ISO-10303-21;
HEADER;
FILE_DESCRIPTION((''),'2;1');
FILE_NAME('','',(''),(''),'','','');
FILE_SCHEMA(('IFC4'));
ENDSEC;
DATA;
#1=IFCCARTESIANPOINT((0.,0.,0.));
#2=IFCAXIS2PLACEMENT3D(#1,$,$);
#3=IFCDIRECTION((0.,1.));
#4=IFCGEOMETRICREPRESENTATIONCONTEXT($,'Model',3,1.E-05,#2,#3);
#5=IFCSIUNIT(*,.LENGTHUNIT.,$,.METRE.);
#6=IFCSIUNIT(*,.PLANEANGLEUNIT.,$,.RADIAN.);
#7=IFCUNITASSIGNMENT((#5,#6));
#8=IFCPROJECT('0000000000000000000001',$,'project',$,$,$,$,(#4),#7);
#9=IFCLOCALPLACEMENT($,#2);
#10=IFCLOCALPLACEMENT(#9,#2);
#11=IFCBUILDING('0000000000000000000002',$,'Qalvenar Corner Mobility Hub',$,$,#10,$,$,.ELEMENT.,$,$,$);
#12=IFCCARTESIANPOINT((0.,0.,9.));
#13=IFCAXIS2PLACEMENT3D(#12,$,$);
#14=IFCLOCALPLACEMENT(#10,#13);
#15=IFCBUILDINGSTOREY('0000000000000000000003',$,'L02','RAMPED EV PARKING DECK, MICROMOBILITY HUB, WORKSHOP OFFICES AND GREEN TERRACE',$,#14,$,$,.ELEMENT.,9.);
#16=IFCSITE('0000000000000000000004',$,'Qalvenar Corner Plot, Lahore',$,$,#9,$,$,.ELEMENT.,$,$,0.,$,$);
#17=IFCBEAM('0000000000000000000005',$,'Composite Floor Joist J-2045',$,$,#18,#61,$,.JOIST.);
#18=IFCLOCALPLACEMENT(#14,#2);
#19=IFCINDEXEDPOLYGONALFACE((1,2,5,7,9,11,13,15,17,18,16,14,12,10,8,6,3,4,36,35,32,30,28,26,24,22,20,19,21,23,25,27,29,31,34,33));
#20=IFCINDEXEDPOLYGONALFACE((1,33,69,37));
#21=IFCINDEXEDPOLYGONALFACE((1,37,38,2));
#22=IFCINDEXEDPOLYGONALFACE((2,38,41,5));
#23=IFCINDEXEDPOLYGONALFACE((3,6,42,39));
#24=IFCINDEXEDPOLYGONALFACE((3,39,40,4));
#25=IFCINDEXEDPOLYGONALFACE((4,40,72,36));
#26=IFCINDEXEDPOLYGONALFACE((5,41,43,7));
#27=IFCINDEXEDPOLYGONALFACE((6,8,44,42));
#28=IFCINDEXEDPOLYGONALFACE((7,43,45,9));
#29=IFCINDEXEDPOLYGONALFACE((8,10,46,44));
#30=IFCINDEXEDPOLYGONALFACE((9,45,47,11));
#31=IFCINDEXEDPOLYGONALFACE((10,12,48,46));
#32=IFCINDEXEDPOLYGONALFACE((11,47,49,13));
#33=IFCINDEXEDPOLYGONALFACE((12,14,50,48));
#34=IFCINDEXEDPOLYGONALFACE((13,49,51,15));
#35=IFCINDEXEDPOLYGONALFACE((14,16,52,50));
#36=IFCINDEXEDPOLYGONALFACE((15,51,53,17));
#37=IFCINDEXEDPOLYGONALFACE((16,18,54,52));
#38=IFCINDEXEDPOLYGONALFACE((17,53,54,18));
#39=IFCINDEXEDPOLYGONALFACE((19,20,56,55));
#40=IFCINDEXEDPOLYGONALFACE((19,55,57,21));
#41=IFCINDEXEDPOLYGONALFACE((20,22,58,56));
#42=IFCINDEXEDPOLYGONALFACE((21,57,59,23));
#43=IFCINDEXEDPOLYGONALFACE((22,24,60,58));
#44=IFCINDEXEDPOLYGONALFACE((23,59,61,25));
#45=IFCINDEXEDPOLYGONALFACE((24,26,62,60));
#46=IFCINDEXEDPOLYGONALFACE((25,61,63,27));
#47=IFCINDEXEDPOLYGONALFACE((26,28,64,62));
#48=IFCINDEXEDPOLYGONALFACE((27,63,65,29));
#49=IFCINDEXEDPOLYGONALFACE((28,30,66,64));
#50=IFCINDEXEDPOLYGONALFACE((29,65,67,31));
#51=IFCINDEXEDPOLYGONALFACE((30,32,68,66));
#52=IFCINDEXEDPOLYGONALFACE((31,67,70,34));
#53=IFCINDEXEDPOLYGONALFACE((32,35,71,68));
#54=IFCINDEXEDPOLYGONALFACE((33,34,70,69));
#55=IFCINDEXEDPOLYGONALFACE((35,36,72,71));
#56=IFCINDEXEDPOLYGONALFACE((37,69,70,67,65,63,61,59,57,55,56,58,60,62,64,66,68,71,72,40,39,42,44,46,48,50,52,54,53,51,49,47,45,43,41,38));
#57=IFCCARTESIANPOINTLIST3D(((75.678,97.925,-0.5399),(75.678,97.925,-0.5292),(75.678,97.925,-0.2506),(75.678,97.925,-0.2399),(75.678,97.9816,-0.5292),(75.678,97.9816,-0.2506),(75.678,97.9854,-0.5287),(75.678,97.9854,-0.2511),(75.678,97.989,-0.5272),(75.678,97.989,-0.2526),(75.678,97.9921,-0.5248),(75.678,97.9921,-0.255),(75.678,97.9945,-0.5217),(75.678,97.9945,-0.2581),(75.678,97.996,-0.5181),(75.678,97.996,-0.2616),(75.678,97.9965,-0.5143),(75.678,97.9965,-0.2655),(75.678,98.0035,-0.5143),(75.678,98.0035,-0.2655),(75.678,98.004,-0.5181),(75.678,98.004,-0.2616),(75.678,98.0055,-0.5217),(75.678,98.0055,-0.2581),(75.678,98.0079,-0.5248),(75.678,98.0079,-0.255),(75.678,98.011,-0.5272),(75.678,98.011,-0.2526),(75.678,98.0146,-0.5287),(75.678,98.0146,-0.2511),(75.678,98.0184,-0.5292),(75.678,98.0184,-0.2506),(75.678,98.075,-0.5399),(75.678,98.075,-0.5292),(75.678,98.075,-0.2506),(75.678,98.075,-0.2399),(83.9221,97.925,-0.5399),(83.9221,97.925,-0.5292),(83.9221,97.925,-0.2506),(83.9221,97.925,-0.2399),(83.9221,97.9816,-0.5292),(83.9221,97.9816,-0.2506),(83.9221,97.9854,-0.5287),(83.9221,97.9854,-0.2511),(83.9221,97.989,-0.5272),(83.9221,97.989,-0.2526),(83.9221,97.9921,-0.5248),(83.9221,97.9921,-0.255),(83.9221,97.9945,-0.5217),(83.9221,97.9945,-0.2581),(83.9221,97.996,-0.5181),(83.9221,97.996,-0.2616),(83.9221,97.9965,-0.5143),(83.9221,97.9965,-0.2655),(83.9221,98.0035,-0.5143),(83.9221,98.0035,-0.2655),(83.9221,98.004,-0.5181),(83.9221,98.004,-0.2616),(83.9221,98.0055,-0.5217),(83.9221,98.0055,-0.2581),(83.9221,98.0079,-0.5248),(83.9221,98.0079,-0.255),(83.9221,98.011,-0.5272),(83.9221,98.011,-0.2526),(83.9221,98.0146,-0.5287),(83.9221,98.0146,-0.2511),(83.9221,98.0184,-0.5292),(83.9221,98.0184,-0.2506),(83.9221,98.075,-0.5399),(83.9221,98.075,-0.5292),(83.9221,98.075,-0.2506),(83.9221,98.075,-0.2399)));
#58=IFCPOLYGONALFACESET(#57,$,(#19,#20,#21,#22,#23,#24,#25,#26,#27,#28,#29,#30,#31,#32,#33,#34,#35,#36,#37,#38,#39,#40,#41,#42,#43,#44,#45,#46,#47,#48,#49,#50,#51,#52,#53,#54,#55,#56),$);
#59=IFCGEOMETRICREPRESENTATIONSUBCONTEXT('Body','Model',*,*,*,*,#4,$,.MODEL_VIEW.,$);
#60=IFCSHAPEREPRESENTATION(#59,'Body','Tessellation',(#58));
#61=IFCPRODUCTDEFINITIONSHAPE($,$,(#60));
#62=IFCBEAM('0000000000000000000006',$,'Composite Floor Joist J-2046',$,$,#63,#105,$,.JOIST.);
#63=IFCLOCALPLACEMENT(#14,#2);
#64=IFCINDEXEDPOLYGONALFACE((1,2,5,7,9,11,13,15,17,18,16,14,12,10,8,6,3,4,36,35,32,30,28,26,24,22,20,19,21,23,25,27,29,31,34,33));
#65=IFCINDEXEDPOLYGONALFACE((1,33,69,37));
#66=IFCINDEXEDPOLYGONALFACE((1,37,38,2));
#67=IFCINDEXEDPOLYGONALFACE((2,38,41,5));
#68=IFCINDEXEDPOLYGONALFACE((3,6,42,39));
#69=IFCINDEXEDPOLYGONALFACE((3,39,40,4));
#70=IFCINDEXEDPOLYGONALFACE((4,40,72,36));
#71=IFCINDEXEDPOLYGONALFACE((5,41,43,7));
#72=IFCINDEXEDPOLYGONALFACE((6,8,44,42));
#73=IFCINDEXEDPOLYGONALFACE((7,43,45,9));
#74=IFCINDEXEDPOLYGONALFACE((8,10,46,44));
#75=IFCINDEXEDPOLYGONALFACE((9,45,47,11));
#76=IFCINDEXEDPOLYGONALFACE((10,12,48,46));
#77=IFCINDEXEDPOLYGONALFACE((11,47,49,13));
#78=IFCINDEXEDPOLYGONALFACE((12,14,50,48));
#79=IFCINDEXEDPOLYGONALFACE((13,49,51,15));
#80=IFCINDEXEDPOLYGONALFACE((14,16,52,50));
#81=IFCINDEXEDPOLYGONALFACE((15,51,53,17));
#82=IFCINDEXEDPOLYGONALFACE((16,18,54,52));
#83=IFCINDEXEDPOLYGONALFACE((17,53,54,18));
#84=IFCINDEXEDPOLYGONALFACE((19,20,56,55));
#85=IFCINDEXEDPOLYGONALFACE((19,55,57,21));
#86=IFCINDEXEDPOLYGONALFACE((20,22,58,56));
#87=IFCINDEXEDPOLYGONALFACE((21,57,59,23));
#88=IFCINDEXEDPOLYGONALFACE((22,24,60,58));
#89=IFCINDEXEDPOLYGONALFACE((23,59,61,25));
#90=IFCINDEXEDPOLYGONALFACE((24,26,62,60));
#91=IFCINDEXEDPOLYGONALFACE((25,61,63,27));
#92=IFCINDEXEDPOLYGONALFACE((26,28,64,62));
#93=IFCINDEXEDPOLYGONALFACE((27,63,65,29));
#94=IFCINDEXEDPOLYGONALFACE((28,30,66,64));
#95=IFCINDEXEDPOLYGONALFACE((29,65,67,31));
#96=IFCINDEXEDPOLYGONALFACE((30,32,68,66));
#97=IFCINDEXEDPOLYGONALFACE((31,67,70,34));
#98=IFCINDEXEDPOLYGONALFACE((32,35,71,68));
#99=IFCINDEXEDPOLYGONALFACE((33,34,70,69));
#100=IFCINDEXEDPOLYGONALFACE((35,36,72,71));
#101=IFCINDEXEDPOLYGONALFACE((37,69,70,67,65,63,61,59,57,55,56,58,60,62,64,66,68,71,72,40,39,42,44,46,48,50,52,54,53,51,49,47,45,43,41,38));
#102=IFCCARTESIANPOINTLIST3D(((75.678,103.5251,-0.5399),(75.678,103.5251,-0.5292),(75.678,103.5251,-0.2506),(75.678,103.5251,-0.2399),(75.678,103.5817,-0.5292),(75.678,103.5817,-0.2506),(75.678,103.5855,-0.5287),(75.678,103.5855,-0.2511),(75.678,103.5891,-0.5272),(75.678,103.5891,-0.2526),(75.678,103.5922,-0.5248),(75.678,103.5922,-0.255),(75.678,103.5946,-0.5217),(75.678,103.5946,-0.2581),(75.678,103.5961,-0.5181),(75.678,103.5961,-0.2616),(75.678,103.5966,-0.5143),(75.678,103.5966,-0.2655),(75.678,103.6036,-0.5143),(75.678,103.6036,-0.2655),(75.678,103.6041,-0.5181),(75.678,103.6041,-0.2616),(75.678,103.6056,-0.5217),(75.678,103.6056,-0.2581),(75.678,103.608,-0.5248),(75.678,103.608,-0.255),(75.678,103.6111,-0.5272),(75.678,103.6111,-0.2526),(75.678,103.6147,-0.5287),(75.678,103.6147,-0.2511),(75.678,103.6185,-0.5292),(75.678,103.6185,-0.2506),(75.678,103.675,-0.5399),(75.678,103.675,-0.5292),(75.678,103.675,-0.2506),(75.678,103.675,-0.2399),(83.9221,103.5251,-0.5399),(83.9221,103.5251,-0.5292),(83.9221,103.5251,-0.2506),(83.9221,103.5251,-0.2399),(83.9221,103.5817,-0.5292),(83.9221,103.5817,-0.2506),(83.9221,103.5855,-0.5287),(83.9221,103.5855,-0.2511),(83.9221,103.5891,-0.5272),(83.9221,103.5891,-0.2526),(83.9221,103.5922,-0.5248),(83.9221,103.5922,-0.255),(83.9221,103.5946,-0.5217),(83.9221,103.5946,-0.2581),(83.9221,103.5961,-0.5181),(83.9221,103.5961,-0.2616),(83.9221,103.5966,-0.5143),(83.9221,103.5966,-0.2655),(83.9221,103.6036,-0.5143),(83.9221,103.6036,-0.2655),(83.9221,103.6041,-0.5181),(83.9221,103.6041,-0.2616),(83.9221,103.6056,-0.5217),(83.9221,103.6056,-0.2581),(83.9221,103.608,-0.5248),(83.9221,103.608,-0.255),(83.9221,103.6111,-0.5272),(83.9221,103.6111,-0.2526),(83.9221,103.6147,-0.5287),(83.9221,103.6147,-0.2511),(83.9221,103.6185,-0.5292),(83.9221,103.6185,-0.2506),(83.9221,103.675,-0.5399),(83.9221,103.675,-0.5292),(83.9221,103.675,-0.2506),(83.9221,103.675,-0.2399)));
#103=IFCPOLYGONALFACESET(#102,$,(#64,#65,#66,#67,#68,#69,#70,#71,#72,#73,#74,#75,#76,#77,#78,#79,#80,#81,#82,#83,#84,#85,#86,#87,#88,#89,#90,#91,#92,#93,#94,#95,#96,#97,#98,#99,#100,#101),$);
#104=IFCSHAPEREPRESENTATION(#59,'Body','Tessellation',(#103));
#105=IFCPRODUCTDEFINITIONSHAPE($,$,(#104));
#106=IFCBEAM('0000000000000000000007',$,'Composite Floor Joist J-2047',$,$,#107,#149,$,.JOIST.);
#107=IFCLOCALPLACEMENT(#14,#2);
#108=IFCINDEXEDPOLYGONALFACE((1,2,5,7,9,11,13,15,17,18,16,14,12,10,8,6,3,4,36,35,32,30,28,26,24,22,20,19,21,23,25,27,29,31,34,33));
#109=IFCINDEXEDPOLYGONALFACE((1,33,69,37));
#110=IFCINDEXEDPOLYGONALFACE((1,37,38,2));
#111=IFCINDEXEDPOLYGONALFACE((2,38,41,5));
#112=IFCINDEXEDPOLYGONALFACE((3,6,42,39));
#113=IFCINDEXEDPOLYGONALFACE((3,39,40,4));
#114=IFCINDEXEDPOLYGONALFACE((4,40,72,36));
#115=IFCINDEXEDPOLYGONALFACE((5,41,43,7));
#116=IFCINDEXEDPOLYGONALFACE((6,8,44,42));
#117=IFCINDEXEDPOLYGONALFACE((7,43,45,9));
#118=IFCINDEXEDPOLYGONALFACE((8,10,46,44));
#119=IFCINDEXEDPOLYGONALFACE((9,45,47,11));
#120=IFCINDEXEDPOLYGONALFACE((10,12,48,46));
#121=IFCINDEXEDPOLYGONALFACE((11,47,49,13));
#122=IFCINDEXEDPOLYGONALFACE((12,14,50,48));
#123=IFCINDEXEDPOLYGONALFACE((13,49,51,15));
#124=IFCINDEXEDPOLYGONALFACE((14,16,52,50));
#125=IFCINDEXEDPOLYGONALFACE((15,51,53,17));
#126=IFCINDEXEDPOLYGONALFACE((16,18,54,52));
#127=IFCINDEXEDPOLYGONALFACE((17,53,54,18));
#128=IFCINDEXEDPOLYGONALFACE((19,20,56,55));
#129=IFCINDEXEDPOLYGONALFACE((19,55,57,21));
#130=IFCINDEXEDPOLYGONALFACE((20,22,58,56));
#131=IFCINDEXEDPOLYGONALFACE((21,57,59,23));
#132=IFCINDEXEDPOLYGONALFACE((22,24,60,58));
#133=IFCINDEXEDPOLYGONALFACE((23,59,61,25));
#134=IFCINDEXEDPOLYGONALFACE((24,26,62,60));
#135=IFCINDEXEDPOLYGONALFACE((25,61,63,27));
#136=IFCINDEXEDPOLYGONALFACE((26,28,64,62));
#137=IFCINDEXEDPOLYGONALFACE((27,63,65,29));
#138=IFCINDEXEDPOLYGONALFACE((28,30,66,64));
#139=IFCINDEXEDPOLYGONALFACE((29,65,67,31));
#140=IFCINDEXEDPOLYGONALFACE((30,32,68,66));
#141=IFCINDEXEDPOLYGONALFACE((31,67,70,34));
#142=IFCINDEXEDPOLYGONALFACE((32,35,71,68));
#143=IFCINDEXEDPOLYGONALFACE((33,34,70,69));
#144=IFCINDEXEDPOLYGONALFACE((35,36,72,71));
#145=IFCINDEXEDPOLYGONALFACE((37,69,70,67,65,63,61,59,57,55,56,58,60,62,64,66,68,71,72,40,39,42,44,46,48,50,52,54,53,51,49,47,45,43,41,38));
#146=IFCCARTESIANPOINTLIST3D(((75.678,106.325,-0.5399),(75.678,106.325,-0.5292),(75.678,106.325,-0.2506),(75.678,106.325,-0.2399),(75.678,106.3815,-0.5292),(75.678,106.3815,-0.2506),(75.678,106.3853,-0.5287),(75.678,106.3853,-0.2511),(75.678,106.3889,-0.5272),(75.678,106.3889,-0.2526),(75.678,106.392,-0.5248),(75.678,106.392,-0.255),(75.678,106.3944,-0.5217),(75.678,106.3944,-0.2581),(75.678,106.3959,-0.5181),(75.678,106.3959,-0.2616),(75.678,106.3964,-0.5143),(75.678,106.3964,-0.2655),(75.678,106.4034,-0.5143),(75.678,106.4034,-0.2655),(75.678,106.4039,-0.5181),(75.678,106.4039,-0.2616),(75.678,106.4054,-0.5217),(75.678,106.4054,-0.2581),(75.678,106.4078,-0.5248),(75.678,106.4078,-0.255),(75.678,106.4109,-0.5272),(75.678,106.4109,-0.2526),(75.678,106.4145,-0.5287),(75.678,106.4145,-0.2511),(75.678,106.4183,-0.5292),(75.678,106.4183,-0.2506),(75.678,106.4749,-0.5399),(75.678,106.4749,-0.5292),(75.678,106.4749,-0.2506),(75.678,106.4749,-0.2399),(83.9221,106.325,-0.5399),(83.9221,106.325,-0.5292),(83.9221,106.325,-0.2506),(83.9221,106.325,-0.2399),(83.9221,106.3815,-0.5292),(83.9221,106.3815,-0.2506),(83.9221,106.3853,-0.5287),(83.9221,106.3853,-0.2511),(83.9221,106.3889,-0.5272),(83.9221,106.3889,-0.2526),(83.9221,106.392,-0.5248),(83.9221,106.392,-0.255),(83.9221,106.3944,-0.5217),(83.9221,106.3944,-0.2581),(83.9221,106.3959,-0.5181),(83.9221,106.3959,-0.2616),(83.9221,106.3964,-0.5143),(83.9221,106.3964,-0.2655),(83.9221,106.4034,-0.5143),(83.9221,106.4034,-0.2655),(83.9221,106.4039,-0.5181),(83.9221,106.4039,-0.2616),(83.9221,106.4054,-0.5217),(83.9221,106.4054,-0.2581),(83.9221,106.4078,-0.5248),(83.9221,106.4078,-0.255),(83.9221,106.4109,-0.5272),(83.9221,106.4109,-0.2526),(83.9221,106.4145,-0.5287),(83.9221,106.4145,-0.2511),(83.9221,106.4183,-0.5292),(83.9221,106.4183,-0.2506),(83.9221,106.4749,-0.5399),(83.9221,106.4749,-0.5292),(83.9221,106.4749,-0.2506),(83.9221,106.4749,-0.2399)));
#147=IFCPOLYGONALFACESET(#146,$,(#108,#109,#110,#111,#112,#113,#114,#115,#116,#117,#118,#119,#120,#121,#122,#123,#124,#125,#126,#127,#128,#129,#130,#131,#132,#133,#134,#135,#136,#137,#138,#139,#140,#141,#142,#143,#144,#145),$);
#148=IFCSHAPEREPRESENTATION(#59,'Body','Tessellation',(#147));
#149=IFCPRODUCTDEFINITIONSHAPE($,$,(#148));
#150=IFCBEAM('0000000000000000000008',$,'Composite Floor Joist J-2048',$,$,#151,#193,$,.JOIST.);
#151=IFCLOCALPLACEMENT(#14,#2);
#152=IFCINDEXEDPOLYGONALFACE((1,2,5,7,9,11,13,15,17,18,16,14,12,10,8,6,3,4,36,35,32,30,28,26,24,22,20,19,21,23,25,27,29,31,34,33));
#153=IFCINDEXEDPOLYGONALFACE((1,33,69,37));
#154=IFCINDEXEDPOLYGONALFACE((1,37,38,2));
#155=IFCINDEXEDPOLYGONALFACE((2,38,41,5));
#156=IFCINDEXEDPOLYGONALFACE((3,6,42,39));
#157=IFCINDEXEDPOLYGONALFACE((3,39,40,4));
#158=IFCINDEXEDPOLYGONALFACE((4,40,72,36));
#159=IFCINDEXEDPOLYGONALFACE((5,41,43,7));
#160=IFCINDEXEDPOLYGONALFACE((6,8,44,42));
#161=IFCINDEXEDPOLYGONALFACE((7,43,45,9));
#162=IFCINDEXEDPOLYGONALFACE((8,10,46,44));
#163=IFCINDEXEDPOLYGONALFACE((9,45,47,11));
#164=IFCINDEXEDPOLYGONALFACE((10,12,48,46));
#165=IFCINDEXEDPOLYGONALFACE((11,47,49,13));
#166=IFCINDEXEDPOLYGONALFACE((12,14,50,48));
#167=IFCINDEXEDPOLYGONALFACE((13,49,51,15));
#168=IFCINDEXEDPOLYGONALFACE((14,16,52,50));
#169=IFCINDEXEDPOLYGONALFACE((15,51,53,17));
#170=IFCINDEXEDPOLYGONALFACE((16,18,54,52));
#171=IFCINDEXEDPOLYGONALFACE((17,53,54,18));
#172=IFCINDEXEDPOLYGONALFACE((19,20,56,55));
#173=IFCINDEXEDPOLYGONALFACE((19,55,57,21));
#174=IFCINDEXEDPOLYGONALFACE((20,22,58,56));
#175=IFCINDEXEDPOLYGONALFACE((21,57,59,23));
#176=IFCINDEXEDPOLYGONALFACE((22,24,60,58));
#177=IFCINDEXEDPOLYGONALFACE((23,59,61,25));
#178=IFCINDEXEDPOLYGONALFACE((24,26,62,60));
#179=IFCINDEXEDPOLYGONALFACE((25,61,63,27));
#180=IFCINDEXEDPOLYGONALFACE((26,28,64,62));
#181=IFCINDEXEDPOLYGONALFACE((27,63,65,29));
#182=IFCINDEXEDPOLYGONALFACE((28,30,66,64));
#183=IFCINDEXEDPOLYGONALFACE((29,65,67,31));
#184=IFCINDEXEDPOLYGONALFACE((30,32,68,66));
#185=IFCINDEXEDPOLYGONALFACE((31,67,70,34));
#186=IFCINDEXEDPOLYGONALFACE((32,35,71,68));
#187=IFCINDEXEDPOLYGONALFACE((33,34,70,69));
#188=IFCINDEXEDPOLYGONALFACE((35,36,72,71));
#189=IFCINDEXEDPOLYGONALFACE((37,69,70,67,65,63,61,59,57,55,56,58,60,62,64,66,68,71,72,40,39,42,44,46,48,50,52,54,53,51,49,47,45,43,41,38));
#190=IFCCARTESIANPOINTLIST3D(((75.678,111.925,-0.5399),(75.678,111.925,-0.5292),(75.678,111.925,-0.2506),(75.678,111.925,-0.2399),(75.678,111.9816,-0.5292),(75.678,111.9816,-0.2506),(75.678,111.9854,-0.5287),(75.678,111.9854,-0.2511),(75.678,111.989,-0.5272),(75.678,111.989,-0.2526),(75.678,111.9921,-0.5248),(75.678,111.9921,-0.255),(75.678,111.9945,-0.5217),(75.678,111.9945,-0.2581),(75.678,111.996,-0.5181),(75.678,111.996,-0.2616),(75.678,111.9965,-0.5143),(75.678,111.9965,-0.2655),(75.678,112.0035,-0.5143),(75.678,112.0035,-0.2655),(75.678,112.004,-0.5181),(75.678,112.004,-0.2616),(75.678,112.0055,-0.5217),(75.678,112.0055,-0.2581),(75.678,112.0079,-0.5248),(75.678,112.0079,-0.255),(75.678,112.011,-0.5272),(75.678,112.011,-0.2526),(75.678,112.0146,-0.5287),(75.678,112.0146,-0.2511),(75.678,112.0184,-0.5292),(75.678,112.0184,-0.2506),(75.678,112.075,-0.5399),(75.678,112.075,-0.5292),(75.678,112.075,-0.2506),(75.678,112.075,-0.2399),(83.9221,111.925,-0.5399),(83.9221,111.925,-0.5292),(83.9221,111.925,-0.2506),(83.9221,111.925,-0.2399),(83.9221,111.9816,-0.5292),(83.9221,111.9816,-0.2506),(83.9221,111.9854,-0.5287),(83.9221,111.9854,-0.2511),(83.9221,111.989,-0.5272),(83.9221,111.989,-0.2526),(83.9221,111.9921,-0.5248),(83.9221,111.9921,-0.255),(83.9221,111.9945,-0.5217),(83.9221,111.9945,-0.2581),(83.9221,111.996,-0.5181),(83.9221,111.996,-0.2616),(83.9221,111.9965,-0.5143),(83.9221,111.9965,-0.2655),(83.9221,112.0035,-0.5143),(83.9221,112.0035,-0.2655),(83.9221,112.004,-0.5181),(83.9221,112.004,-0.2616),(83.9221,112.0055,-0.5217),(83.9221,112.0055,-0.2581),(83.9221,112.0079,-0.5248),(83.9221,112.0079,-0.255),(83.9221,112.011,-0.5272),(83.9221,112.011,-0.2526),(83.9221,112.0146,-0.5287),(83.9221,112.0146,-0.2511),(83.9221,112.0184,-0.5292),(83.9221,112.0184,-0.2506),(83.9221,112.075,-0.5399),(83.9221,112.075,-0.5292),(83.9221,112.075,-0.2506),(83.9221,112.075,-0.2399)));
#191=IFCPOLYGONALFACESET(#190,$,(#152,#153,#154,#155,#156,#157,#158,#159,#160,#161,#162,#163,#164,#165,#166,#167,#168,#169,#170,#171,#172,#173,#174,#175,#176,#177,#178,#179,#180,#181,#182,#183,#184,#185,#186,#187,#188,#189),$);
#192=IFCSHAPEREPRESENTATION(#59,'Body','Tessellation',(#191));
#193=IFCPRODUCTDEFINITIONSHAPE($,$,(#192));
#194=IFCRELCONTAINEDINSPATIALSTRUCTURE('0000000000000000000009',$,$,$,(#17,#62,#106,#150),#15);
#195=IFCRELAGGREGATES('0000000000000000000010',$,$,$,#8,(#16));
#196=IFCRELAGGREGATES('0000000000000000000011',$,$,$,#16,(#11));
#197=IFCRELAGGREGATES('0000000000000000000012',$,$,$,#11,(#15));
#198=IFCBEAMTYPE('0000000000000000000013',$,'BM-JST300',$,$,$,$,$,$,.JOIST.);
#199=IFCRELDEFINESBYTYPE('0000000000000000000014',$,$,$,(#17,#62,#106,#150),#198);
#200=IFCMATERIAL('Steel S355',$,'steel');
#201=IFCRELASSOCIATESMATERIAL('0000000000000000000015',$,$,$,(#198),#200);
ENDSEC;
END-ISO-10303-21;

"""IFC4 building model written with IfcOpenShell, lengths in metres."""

from ifc_helpers import new_model, si_unit, direction, frame, origin, origin_2d, place, context, subcontext, project, spatial, i_section, extrude, material, material_profile, profile_set, type_object, element, save


model = new_model("IFC4")

# Units and contexts
model_context = context("Model", 3, precision=1e-05, world=origin(), true_north=direction((0.0, 1.0)))
body_context = subcontext(model_context, "Body", "Model", "MODEL_VIEW")
ifc_project = project(units=[si_unit("LENGTHUNIT", "METRE"), si_unit("PLANEANGLEUNIT", "RADIAN")], contexts=[model_context])

# Site, building, storey
site_placement = place(None, origin())
site = spatial("IfcSite", under=ifc_project, at=site_placement, Name="Qalvenar Corner Plot, Lahore", CompositionType="ELEMENT", RefElevation=0.0)
building_placement = place(site_placement, origin())
building = spatial("IfcBuilding", under=site, at=building_placement, Name="Qalvenar Corner Mobility Hub", CompositionType="ELEMENT")
storey_placement = place(building_placement, frame((0.0, 0.0, 9.0)))
storey = spatial("IfcBuildingStorey", under=building, at=storey_placement, Name="L02", Description="RAMPED EV PARKING DECK, MICROMOBILITY HUB, WORKSHOP OFFICES AND GREEN TERRACE", CompositionType="ELEMENT", Elevation=9.0)

# Shared definitions
ifc_material = material(Name="Steel S355", Category="steel")

# Beams
ifc_material_profile_1 = material_profile(ifc_material, i_section(OverallWidth=0.1499, OverallDepth=0.3, WebThickness=0.0071, FlangeThickness=0.0107, FilletRadius=0.0149, at=origin_2d()), Name="IPE300")
ifc_profile_set_1 = profile_set([ifc_material_profile_1], Name="Steel S355")
beam_type_1 = type_object("IfcBeamType", Name="BM-JST300", PredefinedType="JOIST", material=ifc_profile_set_1)
for number, where, z_axis, x_axis, name in (
    (1, (75.678, 98.0, -0.3899), (1.0, 0.0, 0.0), (0.0, 1.0, 0.0), "Composite Floor Joist J-2045"),
    (2, (75.678, 103.6001, -0.3899), (1.0, 0.0, 0.0), (0.0, 1.0, 0.0), "Composite Floor Joist J-2046"),
    (3, (75.678, 106.3999, -0.3899), (1.0, 0.0, 0.0), (0.0, 1.0, 0.0), "Composite Floor Joist J-2047"),
    (4, (75.678, 112.0, -0.3899), (1.0, 0.0, 0.0), (0.0, 1.0, 0.0), "Composite Floor Joist J-2048"),
):
    element("IfcBeam", number, at=place(storey_placement, frame(where, z_axis=z_axis, x_axis=x_axis)), inside=storey, type_object=beam_type_1, Name=name, PredefinedType="JOIST", context=body_context, shape_type="SweptSolid", body=[
        extrude(i_section(OverallWidth=0.1499, OverallDepth=0.3, WebThickness=0.0071, FlangeThickness=0.0107, FilletRadius=0.0149, at=origin_2d()), origin(), (0.0, 0.0, 1.0), 8.2441),
    ])

save(model, "model.ifc")
